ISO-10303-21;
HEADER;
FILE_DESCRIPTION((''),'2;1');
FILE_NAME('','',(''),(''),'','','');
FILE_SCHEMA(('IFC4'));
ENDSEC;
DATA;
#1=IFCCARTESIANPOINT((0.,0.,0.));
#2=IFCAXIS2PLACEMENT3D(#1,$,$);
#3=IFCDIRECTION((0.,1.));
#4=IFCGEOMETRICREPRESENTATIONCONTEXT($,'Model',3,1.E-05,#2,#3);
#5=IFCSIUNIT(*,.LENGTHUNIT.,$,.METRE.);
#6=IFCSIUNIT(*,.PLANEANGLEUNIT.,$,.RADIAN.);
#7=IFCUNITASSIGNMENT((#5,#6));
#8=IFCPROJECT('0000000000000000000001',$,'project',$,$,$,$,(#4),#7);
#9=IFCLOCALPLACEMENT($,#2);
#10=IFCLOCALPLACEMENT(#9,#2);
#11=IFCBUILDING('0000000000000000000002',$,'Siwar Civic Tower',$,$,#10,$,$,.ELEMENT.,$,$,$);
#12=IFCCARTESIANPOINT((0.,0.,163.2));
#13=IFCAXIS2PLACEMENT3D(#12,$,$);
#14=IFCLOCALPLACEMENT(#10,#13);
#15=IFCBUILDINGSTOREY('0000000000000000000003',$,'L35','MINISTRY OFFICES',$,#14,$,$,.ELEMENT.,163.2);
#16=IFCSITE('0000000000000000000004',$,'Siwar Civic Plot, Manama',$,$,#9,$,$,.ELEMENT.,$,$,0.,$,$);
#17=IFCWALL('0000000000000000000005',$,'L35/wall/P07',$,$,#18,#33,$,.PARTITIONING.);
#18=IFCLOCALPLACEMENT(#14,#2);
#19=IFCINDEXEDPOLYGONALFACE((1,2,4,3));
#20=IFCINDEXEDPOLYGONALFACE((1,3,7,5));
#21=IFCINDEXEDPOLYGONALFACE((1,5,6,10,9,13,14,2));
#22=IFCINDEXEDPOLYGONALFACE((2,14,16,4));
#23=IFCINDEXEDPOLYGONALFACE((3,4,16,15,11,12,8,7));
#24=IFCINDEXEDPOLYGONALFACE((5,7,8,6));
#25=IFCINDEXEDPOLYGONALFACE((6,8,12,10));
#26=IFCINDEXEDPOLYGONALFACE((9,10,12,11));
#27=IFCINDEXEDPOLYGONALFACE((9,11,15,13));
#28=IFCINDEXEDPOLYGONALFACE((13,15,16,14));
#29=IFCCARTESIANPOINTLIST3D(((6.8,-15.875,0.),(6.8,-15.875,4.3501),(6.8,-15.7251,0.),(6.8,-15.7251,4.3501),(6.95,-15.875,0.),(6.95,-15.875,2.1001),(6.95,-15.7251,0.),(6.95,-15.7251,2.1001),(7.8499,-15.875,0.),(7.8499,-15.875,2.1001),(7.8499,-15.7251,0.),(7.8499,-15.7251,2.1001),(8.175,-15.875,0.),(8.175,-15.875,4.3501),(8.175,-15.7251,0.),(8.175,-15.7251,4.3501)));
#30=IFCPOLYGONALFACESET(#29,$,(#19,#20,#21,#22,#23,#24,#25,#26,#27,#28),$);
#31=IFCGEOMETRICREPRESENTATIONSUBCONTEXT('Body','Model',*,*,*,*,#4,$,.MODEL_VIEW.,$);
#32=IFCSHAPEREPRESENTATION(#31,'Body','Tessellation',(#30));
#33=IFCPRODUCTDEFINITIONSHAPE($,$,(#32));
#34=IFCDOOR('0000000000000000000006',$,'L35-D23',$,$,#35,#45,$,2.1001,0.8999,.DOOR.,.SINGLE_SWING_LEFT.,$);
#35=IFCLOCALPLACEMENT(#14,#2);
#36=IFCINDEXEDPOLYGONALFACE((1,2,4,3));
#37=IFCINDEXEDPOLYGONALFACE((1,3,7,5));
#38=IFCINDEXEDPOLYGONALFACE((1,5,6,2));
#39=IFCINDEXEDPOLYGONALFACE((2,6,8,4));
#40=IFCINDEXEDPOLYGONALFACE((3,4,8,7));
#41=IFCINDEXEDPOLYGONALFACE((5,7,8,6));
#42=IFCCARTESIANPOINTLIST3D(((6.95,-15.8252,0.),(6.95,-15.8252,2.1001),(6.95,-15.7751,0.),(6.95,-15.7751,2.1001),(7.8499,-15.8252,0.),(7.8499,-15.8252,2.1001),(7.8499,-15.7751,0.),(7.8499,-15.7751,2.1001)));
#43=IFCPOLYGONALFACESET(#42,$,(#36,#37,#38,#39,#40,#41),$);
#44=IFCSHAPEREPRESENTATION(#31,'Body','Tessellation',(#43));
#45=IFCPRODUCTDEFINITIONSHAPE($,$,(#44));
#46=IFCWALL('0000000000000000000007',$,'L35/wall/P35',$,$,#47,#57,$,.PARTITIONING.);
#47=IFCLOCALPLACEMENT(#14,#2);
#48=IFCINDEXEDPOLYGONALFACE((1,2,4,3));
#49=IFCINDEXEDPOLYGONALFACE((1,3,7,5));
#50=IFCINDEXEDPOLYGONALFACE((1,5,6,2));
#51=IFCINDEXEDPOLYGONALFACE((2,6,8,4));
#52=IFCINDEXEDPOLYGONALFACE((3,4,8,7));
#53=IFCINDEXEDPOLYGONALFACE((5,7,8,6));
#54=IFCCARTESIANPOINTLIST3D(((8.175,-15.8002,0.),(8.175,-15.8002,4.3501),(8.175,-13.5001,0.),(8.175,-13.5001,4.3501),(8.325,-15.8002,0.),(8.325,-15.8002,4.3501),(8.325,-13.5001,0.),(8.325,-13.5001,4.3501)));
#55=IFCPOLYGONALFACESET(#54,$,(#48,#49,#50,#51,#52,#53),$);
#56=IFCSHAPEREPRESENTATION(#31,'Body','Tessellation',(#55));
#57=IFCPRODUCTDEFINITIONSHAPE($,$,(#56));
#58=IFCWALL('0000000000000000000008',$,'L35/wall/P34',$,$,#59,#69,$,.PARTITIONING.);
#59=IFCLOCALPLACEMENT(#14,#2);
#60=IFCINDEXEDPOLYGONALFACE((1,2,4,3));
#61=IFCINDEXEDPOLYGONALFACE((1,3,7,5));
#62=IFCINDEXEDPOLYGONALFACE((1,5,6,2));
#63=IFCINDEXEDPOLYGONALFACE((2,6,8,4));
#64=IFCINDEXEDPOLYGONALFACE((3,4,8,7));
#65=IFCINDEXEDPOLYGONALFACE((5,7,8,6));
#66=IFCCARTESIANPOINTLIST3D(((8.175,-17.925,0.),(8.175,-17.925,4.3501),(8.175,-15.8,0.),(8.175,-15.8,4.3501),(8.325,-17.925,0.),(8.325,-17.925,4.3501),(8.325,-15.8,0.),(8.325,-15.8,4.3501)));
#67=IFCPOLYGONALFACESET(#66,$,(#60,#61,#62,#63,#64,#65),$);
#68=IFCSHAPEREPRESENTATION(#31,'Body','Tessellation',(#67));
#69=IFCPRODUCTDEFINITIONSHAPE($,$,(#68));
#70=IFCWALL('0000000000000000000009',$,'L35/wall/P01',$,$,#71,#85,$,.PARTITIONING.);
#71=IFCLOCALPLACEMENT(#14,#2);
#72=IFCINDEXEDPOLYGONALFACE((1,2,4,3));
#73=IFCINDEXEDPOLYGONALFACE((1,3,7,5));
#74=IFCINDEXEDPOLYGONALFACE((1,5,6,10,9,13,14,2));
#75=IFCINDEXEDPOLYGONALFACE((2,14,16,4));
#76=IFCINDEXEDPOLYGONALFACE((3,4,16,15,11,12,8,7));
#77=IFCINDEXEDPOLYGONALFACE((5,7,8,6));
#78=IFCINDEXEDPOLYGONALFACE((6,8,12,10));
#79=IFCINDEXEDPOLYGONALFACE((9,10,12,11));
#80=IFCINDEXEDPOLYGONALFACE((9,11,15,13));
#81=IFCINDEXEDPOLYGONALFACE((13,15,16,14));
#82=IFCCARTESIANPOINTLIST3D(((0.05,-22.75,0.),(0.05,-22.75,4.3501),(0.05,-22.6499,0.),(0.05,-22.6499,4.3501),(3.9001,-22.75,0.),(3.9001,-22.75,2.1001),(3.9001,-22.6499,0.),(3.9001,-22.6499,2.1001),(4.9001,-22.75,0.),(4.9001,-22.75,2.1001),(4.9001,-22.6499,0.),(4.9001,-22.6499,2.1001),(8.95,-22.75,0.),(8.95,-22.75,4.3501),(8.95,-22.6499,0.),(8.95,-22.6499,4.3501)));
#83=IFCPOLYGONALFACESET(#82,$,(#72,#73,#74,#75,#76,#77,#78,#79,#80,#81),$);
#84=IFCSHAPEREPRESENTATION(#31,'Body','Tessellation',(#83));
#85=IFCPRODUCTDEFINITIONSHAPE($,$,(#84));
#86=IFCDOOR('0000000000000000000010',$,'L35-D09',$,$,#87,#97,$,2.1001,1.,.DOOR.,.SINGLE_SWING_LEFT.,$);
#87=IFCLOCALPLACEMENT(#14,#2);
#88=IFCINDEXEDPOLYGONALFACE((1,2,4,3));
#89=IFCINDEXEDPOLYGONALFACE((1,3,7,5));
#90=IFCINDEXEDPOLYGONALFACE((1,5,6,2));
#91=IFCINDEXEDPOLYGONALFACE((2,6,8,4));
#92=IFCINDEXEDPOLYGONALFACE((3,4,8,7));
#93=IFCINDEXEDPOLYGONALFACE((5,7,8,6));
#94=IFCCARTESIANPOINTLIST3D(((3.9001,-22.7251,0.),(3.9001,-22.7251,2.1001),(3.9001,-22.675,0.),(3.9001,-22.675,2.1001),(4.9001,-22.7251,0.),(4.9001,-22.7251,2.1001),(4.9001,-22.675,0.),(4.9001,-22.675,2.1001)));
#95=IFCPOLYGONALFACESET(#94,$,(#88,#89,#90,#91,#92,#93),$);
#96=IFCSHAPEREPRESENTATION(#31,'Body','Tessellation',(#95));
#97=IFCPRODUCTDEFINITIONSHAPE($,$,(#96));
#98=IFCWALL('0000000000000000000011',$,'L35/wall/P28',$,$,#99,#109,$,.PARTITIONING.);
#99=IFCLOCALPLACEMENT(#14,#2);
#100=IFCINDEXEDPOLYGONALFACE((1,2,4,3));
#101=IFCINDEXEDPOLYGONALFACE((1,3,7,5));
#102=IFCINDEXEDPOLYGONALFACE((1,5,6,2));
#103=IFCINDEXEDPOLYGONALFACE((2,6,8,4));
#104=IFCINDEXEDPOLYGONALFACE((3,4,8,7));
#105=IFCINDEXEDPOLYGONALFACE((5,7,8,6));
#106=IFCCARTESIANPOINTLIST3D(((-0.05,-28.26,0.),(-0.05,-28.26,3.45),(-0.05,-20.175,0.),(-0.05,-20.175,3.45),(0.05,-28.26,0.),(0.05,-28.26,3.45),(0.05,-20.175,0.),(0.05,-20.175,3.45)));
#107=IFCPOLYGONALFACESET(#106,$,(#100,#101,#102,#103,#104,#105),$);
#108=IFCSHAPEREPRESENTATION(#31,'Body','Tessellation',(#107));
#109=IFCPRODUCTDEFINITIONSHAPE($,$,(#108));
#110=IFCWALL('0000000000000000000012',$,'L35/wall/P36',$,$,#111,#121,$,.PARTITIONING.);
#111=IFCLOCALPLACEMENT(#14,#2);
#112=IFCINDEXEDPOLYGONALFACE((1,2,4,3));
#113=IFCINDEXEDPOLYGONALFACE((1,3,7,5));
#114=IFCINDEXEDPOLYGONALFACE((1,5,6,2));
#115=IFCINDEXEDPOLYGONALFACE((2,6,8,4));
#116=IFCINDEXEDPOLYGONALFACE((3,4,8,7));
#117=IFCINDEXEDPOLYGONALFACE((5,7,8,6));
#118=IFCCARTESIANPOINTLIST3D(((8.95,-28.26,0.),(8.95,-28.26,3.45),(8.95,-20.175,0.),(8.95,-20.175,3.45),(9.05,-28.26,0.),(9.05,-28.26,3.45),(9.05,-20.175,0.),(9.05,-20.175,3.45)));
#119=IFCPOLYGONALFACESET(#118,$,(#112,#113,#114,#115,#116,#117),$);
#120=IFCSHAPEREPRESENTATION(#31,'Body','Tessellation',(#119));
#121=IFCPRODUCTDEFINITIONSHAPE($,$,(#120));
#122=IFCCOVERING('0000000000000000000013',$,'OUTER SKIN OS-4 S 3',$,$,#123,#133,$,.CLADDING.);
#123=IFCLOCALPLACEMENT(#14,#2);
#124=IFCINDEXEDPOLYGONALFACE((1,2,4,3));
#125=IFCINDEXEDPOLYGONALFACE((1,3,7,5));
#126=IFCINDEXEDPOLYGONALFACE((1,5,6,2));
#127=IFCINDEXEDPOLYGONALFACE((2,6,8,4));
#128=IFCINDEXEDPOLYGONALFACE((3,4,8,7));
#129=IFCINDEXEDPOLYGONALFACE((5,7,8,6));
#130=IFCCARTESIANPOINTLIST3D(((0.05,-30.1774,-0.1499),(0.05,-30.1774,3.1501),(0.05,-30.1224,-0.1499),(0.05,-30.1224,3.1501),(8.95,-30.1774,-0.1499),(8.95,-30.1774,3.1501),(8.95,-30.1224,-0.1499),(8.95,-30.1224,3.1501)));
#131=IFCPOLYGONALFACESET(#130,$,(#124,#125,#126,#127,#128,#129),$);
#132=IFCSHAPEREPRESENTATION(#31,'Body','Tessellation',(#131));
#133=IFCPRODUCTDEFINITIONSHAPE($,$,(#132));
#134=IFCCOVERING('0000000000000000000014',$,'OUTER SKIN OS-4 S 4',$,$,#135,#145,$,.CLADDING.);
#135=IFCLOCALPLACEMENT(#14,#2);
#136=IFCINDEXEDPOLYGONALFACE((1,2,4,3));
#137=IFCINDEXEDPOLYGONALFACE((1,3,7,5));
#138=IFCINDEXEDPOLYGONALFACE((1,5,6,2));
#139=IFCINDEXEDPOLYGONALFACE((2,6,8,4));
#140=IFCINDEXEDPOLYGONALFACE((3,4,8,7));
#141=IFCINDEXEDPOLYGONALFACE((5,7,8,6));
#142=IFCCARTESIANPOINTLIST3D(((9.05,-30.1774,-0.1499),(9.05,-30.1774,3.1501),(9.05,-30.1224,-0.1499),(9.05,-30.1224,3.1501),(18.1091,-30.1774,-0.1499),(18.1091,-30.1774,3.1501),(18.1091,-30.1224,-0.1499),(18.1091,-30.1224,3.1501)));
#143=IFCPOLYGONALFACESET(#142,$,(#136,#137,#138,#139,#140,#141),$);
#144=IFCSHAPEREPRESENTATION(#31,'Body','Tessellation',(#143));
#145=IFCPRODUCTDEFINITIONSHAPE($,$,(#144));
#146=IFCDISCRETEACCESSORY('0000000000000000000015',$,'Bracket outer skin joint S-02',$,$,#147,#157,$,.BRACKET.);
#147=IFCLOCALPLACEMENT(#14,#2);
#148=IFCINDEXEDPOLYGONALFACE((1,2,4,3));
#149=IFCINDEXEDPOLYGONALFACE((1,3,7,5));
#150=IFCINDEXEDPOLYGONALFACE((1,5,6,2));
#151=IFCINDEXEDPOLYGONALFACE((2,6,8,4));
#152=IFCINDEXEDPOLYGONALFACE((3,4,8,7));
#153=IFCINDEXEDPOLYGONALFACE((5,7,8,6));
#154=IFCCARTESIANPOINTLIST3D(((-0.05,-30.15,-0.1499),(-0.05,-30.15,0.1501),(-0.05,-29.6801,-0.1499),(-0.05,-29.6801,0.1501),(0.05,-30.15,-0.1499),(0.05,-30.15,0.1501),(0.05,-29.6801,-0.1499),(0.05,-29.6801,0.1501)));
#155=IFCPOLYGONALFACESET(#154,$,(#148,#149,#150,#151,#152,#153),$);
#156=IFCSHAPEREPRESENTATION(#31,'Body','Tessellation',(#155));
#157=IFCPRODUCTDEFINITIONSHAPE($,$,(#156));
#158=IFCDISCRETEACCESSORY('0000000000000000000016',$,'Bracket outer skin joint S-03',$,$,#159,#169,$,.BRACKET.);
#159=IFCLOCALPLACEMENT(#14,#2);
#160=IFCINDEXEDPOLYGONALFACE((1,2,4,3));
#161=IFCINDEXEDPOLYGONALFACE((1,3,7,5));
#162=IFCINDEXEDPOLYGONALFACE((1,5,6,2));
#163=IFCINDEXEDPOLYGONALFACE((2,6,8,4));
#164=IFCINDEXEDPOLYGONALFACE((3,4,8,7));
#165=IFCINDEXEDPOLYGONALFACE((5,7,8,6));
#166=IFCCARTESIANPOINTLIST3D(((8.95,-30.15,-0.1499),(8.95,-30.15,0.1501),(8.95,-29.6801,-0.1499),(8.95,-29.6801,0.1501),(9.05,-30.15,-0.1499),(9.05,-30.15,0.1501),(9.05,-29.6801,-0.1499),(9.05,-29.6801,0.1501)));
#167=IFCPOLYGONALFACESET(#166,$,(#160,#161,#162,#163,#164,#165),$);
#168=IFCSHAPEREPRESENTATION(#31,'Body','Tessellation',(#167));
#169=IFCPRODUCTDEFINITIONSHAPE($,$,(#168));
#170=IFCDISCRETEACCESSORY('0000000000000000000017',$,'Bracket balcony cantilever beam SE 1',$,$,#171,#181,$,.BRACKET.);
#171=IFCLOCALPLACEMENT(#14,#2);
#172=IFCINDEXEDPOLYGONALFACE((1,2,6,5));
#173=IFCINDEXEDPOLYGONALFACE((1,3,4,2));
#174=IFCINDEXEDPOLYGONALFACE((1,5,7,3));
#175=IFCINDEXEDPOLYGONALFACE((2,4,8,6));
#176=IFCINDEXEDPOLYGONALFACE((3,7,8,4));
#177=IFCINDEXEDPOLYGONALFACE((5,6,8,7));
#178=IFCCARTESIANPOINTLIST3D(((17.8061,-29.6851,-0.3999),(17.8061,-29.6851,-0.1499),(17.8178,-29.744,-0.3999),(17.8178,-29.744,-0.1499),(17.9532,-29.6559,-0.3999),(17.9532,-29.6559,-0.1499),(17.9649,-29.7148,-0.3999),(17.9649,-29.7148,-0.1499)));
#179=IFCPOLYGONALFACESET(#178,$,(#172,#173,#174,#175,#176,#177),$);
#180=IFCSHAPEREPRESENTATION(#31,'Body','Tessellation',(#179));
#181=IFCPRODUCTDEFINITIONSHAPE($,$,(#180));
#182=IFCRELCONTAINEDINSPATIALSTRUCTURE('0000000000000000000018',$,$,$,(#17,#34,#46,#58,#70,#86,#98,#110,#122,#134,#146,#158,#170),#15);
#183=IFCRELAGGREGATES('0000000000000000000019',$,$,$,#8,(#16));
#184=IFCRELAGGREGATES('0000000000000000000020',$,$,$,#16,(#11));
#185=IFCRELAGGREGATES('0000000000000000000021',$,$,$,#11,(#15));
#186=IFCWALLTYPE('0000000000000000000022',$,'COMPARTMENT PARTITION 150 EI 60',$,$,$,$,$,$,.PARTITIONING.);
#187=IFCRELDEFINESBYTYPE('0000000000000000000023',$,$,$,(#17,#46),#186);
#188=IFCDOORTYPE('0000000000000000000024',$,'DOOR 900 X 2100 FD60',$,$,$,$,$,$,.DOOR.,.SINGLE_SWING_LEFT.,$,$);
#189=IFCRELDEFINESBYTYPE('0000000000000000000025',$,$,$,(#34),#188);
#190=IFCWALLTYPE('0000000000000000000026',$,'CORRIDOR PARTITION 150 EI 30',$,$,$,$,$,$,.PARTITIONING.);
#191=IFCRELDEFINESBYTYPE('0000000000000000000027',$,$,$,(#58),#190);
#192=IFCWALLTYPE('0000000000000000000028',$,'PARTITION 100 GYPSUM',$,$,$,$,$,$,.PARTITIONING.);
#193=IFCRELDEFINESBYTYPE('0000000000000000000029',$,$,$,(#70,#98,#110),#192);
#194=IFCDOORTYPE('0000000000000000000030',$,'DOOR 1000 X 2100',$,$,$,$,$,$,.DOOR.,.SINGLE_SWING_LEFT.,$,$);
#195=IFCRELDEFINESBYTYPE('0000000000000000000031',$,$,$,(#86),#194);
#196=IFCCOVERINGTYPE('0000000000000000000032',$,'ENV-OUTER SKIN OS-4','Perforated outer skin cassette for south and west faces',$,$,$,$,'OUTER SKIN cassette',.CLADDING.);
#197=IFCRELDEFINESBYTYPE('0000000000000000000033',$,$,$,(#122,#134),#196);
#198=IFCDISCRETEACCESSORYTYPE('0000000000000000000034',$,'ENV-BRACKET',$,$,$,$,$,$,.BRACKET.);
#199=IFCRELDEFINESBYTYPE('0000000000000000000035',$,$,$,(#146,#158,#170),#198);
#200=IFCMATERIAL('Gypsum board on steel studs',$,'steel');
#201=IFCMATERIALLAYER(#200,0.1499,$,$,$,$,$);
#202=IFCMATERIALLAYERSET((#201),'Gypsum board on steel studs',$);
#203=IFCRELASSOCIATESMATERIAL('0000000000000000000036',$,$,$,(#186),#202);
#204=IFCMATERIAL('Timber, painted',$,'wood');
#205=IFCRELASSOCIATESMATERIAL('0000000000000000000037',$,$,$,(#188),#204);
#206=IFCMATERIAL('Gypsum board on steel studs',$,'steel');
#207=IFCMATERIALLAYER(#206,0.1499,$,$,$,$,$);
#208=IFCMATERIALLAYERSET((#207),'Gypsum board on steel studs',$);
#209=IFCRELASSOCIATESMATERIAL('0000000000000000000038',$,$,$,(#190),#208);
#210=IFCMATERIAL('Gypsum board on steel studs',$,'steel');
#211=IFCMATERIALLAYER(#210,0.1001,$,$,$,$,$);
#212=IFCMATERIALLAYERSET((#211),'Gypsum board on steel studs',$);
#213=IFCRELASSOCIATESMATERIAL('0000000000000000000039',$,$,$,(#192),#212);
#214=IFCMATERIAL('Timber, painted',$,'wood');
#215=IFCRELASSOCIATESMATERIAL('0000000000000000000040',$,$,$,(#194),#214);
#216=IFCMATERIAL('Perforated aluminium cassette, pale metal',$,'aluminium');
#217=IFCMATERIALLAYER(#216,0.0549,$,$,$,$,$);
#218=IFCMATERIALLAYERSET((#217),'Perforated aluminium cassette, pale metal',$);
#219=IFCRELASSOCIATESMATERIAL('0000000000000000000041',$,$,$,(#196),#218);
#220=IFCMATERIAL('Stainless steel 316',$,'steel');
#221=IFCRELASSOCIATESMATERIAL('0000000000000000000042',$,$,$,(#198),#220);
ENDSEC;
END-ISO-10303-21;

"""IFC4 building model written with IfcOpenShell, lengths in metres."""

from ifc_helpers import new_model, si_unit, direction, frame, frame_2d, origin, origin_2d, place, context, subcontext, project, spatial, rectangle, extrude, material, layer, layer_set, type_object, element, fill, save


model = new_model("IFC4")

# Units and contexts
model_context = context("Model", 3, precision=1e-05, world=origin(), true_north=direction((0.0, 1.0)))
body_context = subcontext(model_context, "Body", "Model", "MODEL_VIEW")
ifc_project = project(units=[si_unit("LENGTHUNIT", "METRE"), si_unit("PLANEANGLEUNIT", "RADIAN")], contexts=[model_context])

# Site, building, storey
site_placement = place(None, origin())
site = spatial("IfcSite", under=ifc_project, at=site_placement, Name="Siwar Civic Plot, Manama", CompositionType="ELEMENT", RefElevation=0.0)
building_placement = place(site_placement, origin())
building = spatial("IfcBuilding", under=site, at=building_placement, Name="Siwar Civic Tower", CompositionType="ELEMENT")
storey_placement = place(building_placement, frame((0.0, 0.0, 163.2)))
storey = spatial("IfcBuildingStorey", under=building, at=storey_placement, Name="L35", Description="MINISTRY OFFICES", CompositionType="ELEMENT", Elevation=163.2)

# Wall, opening, door
ifc_material_1 = material(Name="Gypsum board on steel studs", Category="steel")
ifc_layer_1 = layer(ifc_material_1, 0.1499)
ifc_layer_set_1 = layer_set([ifc_layer_1], Name="Gypsum board on steel studs")
wall_type_1 = type_object("IfcWallType", Name="COMPARTMENT PARTITION 150 EI 60", PredefinedType="PARTITIONING", material=ifc_layer_set_1)
wall_1_placement = place(storey_placement, frame((6.8, -15.8, 0.0), z_axis=(0.0, 0.0, 1.0), x_axis=(1.0, 0.0, 0.0)))
wall_1 = element("IfcWall", 1, at=wall_1_placement, inside=storey, type_object=wall_type_1, Name="L35/wall/P07", PredefinedType="PARTITIONING", context=body_context, shape_type="SweptSolid", body=[
    extrude(rectangle(XDim=1.375, YDim=0.1499, at=frame_2d((0.6875, 0.0))), origin(), (0.0, 0.0, 1.0), 4.3501),
])
opening_1_placement = place(wall_1_placement, frame((0.1499, 0.0, 0.0)))
opening_1 = element("IfcOpeningElement", 2, at=opening_1_placement, cuts=wall_1, PredefinedType="OPENING", context=body_context, shape_type="SweptSolid", body=[
    extrude(rectangle(XDim=0.8999, YDim=2.1001, at=frame_2d((0.45, 1.05))), frame((0.0, 0.085, 0.0), z_axis=(0.0, -1.0, 0.0), x_axis=(1.0, 0.0, 0.0)), (0.0, 0.0, 1.0), 0.1699),
])
ifc_material_2 = material(Name="Timber, painted", Category="wood")
door_type_1 = type_object("IfcDoorType", Name="DOOR 900 X 2100 FD60", OperationType="SINGLE_SWING_LEFT", PredefinedType="DOOR", material=ifc_material_2)
door_1_placement = place(opening_1_placement, origin())
door_1 = element("IfcDoor", 3, at=door_1_placement, inside=storey, type_object=door_type_1, Name="L35-D23", OperationType="SINGLE_SWING_LEFT", OverallHeight=2.1001, OverallWidth=0.8999, PredefinedType="DOOR", context=body_context, shape_type="SweptSolid", body=[
    extrude(rectangle(XDim=0.8999, YDim=2.1001, at=frame_2d((0.45, 1.05))), frame((0.0, 0.0249, 0.0), z_axis=(0.0, -1.0, 0.0), x_axis=(1.0, 0.0, 0.0)), (0.0, 0.0, 1.0), 0.05),
])
fill(opening_1, door_1)

# Walls
wall_2_placement = place(storey_placement, frame((8.25, -15.8, 0.0), z_axis=(0.0, 0.0, 1.0), x_axis=(0.0, 1.0, 0.0)))
element("IfcWall", 4, at=wall_2_placement, inside=storey, type_object=wall_type_1, Name="L35/wall/P35", PredefinedType="PARTITIONING", context=body_context, shape_type="SweptSolid", body=[
    extrude(rectangle(XDim=2.3, YDim=0.1499, at=frame_2d((1.1499, 0.0))), origin(), (0.0, 0.0, 1.0), 4.3501),
])
ifc_material_3 = material(Name="Gypsum board on steel studs", Category="steel")
ifc_layer_2 = layer(ifc_material_3, 0.1499)
ifc_layer_set_2 = layer_set([ifc_layer_2], Name="Gypsum board on steel studs")
wall_type_2 = type_object("IfcWallType", Name="CORRIDOR PARTITION 150 EI 30", PredefinedType="PARTITIONING", material=ifc_layer_set_2)
wall_3_placement = place(storey_placement, frame((8.25, -17.925, 0.0), z_axis=(0.0, 0.0, 1.0), x_axis=(0.0, 1.0, 0.0)))
element("IfcWall", 5, at=wall_3_placement, inside=storey, type_object=wall_type_2, Name="L35/wall/P34", PredefinedType="PARTITIONING", context=body_context, shape_type="SweptSolid", body=[
    extrude(rectangle(XDim=2.125, YDim=0.1499, at=frame_2d((1.0625, 0.0))), origin(), (0.0, 0.0, 1.0), 4.3501),
])

# Wall, opening, door
ifc_material_4 = material(Name="Gypsum board on steel studs", Category="steel")
ifc_layer_3 = layer(ifc_material_4, 0.1001)
ifc_layer_set_3 = layer_set([ifc_layer_3], Name="Gypsum board on steel studs")
wall_type_3 = type_object("IfcWallType", Name="PARTITION 100 GYPSUM", PredefinedType="PARTITIONING", material=ifc_layer_set_3)
wall_4_placement = place(storey_placement, frame((0.05, -22.7, 0.0), z_axis=(0.0, 0.0, 1.0), x_axis=(1.0, 0.0, 0.0)))
wall_4 = element("IfcWall", 6, at=wall_4_placement, inside=storey, type_object=wall_type_3, Name="L35/wall/P01", PredefinedType="PARTITIONING", context=body_context, shape_type="SweptSolid", body=[
    extrude(rectangle(XDim=8.8999, YDim=0.1001, at=frame_2d((4.45, 0.0))), origin(), (0.0, 0.0, 1.0), 4.3501),
])
opening_2_placement = place(wall_4_placement, frame((3.8501, 0.0, 0.0)))
opening_2 = element("IfcOpeningElement", 7, at=opening_2_placement, cuts=wall_4, PredefinedType="OPENING", context=body_context, shape_type="SweptSolid", body=[
    extrude(rectangle(XDim=1.0, YDim=2.1001, at=frame_2d((0.5, 1.05))), frame((0.0, 0.0601, 0.0), z_axis=(0.0, -1.0, 0.0), x_axis=(1.0, 0.0, 0.0)), (0.0, 0.0, 1.0), 0.1201),
])
ifc_material_5 = material(Name="Timber, painted", Category="wood")
door_type_2 = type_object("IfcDoorType", Name="DOOR 1000 X 2100", OperationType="SINGLE_SWING_LEFT", PredefinedType="DOOR", material=ifc_material_5)
door_2_placement = place(opening_2_placement, origin())
door_2 = element("IfcDoor", 8, at=door_2_placement, inside=storey, type_object=door_type_2, Name="L35-D09", OperationType="SINGLE_SWING_LEFT", OverallHeight=2.1001, OverallWidth=1.0, PredefinedType="DOOR", context=body_context, shape_type="SweptSolid", body=[
    extrude(rectangle(XDim=1.0, YDim=2.1001, at=frame_2d((0.5, 1.05))), frame((0.0, 0.0249, 0.0), z_axis=(0.0, -1.0, 0.0), x_axis=(1.0, 0.0, 0.0)), (0.0, 0.0, 1.0), 0.05),
])
fill(opening_2, door_2)

# Walls
for number, where, z_axis, x_axis, name in (
    (9, (0.0, -28.26, 0.0), (0.0, 0.0, 1.0), (0.0, 1.0, 0.0), "L35/wall/P28"),
    (10, (9.0, -28.26, 0.0), (0.0, 0.0, 1.0), (0.0, 1.0, 0.0), "L35/wall/P36"),
):
    element("IfcWall", number, at=place(storey_placement, frame(where, z_axis=z_axis, x_axis=x_axis)), inside=storey, type_object=wall_type_3, Name=name, PredefinedType="PARTITIONING", context=body_context, shape_type="SweptSolid", body=[
        extrude(rectangle(XDim=8.085, YDim=0.1001, at=frame_2d((4.0425, 0.0))), origin(), (0.0, 0.0, 1.0), 3.45),
    ])

# Coverings
ifc_material_6 = material(Name="Perforated aluminium cassette, pale metal", Category="aluminium")
ifc_layer_4 = layer(ifc_material_6, 0.0549)
ifc_layer_set_4 = layer_set([ifc_layer_4], Name="Perforated aluminium cassette, pale metal")
covering_type = type_object("IfcCoveringType", Name="ENV-OUTER SKIN OS-4", Description="Perforated outer skin cassette for south and west faces", ElementType="OUTER SKIN cassette", PredefinedType="CLADDING", material=ifc_layer_set_4)
covering_1_placement = place(storey_placement, frame((4.5, -30.1499, -0.1499), z_axis=(0.0, 0.0, 1.0), x_axis=(1.0, 0.0, 0.0)))
element("IfcCovering", 11, at=covering_1_placement, inside=storey, type_object=covering_type, Name="OUTER SKIN OS-4 S 3", PredefinedType="CLADDING", context=body_context, shape_type="SweptSolid", body=[
    extrude(rectangle(XDim=8.8999, YDim=0.0549, at=origin_2d()), origin(), (0.0, 0.0, 1.0), 3.3),
])
covering_2_placement = place(storey_placement, frame((13.5796, -30.1499, -0.1499), z_axis=(0.0, 0.0, 1.0), x_axis=(1.0, 0.0, 0.0)))
element("IfcCovering", 12, at=covering_2_placement, inside=storey, type_object=covering_type, Name="OUTER SKIN OS-4 S 4", PredefinedType="CLADDING", context=body_context, shape_type="SweptSolid", body=[
    extrude(rectangle(XDim=9.0591, YDim=0.0549, at=origin_2d()), origin(), (0.0, 0.0, 1.0), 3.3),
])

# Discrete accessories
ifc_material_7 = material(Name="Stainless steel 316", Category="steel")
discrete_accessory_type = type_object("IfcDiscreteAccessoryType", Name="ENV-BRACKET", PredefinedType="BRACKET", material=ifc_material_7)
for number, where, z_axis, x_axis, name in (
    (13, (0.0, -29.915, -0.1499), (0.0, 0.0, 1.0), (0.0, -1.0, 0.0), "Bracket outer skin joint S-02"),
    (14, (9.0, -29.915, -0.1499), (0.0, 0.0, 1.0), (0.0, -1.0, 0.0), "Bracket outer skin joint S-03"),
):
    element("IfcDiscreteAccessory", number, at=place(storey_placement, frame(where, z_axis=z_axis, x_axis=x_axis)), inside=storey, type_object=discrete_accessory_type, Name=name, PredefinedType="BRACKET", context=body_context, shape_type="SweptSolid", body=[
        extrude(rectangle(XDim=0.47, YDim=0.1001, at=origin_2d()), origin(), (0.0, 0.0, 1.0), 0.3),
    ])
discrete_accessory_placement = place(storey_placement, frame((17.8855, -29.7, -0.3999), z_axis=(0.0, 0.0, 1.0), x_axis=(0.19509, -0.980785, 0.0)))
element("IfcDiscreteAccessory", 15, at=discrete_accessory_placement, inside=storey, type_object=discrete_accessory_type, Name="Bracket balcony cantilever beam SE 1", PredefinedType="BRACKET", context=body_context, shape_type="SweptSolid", body=[
    extrude(rectangle(XDim=0.0601, YDim=0.1499, at=origin_2d()), origin(), (0.0, 0.0, 1.0), 0.25),
])

save(model, "model.ifc")
